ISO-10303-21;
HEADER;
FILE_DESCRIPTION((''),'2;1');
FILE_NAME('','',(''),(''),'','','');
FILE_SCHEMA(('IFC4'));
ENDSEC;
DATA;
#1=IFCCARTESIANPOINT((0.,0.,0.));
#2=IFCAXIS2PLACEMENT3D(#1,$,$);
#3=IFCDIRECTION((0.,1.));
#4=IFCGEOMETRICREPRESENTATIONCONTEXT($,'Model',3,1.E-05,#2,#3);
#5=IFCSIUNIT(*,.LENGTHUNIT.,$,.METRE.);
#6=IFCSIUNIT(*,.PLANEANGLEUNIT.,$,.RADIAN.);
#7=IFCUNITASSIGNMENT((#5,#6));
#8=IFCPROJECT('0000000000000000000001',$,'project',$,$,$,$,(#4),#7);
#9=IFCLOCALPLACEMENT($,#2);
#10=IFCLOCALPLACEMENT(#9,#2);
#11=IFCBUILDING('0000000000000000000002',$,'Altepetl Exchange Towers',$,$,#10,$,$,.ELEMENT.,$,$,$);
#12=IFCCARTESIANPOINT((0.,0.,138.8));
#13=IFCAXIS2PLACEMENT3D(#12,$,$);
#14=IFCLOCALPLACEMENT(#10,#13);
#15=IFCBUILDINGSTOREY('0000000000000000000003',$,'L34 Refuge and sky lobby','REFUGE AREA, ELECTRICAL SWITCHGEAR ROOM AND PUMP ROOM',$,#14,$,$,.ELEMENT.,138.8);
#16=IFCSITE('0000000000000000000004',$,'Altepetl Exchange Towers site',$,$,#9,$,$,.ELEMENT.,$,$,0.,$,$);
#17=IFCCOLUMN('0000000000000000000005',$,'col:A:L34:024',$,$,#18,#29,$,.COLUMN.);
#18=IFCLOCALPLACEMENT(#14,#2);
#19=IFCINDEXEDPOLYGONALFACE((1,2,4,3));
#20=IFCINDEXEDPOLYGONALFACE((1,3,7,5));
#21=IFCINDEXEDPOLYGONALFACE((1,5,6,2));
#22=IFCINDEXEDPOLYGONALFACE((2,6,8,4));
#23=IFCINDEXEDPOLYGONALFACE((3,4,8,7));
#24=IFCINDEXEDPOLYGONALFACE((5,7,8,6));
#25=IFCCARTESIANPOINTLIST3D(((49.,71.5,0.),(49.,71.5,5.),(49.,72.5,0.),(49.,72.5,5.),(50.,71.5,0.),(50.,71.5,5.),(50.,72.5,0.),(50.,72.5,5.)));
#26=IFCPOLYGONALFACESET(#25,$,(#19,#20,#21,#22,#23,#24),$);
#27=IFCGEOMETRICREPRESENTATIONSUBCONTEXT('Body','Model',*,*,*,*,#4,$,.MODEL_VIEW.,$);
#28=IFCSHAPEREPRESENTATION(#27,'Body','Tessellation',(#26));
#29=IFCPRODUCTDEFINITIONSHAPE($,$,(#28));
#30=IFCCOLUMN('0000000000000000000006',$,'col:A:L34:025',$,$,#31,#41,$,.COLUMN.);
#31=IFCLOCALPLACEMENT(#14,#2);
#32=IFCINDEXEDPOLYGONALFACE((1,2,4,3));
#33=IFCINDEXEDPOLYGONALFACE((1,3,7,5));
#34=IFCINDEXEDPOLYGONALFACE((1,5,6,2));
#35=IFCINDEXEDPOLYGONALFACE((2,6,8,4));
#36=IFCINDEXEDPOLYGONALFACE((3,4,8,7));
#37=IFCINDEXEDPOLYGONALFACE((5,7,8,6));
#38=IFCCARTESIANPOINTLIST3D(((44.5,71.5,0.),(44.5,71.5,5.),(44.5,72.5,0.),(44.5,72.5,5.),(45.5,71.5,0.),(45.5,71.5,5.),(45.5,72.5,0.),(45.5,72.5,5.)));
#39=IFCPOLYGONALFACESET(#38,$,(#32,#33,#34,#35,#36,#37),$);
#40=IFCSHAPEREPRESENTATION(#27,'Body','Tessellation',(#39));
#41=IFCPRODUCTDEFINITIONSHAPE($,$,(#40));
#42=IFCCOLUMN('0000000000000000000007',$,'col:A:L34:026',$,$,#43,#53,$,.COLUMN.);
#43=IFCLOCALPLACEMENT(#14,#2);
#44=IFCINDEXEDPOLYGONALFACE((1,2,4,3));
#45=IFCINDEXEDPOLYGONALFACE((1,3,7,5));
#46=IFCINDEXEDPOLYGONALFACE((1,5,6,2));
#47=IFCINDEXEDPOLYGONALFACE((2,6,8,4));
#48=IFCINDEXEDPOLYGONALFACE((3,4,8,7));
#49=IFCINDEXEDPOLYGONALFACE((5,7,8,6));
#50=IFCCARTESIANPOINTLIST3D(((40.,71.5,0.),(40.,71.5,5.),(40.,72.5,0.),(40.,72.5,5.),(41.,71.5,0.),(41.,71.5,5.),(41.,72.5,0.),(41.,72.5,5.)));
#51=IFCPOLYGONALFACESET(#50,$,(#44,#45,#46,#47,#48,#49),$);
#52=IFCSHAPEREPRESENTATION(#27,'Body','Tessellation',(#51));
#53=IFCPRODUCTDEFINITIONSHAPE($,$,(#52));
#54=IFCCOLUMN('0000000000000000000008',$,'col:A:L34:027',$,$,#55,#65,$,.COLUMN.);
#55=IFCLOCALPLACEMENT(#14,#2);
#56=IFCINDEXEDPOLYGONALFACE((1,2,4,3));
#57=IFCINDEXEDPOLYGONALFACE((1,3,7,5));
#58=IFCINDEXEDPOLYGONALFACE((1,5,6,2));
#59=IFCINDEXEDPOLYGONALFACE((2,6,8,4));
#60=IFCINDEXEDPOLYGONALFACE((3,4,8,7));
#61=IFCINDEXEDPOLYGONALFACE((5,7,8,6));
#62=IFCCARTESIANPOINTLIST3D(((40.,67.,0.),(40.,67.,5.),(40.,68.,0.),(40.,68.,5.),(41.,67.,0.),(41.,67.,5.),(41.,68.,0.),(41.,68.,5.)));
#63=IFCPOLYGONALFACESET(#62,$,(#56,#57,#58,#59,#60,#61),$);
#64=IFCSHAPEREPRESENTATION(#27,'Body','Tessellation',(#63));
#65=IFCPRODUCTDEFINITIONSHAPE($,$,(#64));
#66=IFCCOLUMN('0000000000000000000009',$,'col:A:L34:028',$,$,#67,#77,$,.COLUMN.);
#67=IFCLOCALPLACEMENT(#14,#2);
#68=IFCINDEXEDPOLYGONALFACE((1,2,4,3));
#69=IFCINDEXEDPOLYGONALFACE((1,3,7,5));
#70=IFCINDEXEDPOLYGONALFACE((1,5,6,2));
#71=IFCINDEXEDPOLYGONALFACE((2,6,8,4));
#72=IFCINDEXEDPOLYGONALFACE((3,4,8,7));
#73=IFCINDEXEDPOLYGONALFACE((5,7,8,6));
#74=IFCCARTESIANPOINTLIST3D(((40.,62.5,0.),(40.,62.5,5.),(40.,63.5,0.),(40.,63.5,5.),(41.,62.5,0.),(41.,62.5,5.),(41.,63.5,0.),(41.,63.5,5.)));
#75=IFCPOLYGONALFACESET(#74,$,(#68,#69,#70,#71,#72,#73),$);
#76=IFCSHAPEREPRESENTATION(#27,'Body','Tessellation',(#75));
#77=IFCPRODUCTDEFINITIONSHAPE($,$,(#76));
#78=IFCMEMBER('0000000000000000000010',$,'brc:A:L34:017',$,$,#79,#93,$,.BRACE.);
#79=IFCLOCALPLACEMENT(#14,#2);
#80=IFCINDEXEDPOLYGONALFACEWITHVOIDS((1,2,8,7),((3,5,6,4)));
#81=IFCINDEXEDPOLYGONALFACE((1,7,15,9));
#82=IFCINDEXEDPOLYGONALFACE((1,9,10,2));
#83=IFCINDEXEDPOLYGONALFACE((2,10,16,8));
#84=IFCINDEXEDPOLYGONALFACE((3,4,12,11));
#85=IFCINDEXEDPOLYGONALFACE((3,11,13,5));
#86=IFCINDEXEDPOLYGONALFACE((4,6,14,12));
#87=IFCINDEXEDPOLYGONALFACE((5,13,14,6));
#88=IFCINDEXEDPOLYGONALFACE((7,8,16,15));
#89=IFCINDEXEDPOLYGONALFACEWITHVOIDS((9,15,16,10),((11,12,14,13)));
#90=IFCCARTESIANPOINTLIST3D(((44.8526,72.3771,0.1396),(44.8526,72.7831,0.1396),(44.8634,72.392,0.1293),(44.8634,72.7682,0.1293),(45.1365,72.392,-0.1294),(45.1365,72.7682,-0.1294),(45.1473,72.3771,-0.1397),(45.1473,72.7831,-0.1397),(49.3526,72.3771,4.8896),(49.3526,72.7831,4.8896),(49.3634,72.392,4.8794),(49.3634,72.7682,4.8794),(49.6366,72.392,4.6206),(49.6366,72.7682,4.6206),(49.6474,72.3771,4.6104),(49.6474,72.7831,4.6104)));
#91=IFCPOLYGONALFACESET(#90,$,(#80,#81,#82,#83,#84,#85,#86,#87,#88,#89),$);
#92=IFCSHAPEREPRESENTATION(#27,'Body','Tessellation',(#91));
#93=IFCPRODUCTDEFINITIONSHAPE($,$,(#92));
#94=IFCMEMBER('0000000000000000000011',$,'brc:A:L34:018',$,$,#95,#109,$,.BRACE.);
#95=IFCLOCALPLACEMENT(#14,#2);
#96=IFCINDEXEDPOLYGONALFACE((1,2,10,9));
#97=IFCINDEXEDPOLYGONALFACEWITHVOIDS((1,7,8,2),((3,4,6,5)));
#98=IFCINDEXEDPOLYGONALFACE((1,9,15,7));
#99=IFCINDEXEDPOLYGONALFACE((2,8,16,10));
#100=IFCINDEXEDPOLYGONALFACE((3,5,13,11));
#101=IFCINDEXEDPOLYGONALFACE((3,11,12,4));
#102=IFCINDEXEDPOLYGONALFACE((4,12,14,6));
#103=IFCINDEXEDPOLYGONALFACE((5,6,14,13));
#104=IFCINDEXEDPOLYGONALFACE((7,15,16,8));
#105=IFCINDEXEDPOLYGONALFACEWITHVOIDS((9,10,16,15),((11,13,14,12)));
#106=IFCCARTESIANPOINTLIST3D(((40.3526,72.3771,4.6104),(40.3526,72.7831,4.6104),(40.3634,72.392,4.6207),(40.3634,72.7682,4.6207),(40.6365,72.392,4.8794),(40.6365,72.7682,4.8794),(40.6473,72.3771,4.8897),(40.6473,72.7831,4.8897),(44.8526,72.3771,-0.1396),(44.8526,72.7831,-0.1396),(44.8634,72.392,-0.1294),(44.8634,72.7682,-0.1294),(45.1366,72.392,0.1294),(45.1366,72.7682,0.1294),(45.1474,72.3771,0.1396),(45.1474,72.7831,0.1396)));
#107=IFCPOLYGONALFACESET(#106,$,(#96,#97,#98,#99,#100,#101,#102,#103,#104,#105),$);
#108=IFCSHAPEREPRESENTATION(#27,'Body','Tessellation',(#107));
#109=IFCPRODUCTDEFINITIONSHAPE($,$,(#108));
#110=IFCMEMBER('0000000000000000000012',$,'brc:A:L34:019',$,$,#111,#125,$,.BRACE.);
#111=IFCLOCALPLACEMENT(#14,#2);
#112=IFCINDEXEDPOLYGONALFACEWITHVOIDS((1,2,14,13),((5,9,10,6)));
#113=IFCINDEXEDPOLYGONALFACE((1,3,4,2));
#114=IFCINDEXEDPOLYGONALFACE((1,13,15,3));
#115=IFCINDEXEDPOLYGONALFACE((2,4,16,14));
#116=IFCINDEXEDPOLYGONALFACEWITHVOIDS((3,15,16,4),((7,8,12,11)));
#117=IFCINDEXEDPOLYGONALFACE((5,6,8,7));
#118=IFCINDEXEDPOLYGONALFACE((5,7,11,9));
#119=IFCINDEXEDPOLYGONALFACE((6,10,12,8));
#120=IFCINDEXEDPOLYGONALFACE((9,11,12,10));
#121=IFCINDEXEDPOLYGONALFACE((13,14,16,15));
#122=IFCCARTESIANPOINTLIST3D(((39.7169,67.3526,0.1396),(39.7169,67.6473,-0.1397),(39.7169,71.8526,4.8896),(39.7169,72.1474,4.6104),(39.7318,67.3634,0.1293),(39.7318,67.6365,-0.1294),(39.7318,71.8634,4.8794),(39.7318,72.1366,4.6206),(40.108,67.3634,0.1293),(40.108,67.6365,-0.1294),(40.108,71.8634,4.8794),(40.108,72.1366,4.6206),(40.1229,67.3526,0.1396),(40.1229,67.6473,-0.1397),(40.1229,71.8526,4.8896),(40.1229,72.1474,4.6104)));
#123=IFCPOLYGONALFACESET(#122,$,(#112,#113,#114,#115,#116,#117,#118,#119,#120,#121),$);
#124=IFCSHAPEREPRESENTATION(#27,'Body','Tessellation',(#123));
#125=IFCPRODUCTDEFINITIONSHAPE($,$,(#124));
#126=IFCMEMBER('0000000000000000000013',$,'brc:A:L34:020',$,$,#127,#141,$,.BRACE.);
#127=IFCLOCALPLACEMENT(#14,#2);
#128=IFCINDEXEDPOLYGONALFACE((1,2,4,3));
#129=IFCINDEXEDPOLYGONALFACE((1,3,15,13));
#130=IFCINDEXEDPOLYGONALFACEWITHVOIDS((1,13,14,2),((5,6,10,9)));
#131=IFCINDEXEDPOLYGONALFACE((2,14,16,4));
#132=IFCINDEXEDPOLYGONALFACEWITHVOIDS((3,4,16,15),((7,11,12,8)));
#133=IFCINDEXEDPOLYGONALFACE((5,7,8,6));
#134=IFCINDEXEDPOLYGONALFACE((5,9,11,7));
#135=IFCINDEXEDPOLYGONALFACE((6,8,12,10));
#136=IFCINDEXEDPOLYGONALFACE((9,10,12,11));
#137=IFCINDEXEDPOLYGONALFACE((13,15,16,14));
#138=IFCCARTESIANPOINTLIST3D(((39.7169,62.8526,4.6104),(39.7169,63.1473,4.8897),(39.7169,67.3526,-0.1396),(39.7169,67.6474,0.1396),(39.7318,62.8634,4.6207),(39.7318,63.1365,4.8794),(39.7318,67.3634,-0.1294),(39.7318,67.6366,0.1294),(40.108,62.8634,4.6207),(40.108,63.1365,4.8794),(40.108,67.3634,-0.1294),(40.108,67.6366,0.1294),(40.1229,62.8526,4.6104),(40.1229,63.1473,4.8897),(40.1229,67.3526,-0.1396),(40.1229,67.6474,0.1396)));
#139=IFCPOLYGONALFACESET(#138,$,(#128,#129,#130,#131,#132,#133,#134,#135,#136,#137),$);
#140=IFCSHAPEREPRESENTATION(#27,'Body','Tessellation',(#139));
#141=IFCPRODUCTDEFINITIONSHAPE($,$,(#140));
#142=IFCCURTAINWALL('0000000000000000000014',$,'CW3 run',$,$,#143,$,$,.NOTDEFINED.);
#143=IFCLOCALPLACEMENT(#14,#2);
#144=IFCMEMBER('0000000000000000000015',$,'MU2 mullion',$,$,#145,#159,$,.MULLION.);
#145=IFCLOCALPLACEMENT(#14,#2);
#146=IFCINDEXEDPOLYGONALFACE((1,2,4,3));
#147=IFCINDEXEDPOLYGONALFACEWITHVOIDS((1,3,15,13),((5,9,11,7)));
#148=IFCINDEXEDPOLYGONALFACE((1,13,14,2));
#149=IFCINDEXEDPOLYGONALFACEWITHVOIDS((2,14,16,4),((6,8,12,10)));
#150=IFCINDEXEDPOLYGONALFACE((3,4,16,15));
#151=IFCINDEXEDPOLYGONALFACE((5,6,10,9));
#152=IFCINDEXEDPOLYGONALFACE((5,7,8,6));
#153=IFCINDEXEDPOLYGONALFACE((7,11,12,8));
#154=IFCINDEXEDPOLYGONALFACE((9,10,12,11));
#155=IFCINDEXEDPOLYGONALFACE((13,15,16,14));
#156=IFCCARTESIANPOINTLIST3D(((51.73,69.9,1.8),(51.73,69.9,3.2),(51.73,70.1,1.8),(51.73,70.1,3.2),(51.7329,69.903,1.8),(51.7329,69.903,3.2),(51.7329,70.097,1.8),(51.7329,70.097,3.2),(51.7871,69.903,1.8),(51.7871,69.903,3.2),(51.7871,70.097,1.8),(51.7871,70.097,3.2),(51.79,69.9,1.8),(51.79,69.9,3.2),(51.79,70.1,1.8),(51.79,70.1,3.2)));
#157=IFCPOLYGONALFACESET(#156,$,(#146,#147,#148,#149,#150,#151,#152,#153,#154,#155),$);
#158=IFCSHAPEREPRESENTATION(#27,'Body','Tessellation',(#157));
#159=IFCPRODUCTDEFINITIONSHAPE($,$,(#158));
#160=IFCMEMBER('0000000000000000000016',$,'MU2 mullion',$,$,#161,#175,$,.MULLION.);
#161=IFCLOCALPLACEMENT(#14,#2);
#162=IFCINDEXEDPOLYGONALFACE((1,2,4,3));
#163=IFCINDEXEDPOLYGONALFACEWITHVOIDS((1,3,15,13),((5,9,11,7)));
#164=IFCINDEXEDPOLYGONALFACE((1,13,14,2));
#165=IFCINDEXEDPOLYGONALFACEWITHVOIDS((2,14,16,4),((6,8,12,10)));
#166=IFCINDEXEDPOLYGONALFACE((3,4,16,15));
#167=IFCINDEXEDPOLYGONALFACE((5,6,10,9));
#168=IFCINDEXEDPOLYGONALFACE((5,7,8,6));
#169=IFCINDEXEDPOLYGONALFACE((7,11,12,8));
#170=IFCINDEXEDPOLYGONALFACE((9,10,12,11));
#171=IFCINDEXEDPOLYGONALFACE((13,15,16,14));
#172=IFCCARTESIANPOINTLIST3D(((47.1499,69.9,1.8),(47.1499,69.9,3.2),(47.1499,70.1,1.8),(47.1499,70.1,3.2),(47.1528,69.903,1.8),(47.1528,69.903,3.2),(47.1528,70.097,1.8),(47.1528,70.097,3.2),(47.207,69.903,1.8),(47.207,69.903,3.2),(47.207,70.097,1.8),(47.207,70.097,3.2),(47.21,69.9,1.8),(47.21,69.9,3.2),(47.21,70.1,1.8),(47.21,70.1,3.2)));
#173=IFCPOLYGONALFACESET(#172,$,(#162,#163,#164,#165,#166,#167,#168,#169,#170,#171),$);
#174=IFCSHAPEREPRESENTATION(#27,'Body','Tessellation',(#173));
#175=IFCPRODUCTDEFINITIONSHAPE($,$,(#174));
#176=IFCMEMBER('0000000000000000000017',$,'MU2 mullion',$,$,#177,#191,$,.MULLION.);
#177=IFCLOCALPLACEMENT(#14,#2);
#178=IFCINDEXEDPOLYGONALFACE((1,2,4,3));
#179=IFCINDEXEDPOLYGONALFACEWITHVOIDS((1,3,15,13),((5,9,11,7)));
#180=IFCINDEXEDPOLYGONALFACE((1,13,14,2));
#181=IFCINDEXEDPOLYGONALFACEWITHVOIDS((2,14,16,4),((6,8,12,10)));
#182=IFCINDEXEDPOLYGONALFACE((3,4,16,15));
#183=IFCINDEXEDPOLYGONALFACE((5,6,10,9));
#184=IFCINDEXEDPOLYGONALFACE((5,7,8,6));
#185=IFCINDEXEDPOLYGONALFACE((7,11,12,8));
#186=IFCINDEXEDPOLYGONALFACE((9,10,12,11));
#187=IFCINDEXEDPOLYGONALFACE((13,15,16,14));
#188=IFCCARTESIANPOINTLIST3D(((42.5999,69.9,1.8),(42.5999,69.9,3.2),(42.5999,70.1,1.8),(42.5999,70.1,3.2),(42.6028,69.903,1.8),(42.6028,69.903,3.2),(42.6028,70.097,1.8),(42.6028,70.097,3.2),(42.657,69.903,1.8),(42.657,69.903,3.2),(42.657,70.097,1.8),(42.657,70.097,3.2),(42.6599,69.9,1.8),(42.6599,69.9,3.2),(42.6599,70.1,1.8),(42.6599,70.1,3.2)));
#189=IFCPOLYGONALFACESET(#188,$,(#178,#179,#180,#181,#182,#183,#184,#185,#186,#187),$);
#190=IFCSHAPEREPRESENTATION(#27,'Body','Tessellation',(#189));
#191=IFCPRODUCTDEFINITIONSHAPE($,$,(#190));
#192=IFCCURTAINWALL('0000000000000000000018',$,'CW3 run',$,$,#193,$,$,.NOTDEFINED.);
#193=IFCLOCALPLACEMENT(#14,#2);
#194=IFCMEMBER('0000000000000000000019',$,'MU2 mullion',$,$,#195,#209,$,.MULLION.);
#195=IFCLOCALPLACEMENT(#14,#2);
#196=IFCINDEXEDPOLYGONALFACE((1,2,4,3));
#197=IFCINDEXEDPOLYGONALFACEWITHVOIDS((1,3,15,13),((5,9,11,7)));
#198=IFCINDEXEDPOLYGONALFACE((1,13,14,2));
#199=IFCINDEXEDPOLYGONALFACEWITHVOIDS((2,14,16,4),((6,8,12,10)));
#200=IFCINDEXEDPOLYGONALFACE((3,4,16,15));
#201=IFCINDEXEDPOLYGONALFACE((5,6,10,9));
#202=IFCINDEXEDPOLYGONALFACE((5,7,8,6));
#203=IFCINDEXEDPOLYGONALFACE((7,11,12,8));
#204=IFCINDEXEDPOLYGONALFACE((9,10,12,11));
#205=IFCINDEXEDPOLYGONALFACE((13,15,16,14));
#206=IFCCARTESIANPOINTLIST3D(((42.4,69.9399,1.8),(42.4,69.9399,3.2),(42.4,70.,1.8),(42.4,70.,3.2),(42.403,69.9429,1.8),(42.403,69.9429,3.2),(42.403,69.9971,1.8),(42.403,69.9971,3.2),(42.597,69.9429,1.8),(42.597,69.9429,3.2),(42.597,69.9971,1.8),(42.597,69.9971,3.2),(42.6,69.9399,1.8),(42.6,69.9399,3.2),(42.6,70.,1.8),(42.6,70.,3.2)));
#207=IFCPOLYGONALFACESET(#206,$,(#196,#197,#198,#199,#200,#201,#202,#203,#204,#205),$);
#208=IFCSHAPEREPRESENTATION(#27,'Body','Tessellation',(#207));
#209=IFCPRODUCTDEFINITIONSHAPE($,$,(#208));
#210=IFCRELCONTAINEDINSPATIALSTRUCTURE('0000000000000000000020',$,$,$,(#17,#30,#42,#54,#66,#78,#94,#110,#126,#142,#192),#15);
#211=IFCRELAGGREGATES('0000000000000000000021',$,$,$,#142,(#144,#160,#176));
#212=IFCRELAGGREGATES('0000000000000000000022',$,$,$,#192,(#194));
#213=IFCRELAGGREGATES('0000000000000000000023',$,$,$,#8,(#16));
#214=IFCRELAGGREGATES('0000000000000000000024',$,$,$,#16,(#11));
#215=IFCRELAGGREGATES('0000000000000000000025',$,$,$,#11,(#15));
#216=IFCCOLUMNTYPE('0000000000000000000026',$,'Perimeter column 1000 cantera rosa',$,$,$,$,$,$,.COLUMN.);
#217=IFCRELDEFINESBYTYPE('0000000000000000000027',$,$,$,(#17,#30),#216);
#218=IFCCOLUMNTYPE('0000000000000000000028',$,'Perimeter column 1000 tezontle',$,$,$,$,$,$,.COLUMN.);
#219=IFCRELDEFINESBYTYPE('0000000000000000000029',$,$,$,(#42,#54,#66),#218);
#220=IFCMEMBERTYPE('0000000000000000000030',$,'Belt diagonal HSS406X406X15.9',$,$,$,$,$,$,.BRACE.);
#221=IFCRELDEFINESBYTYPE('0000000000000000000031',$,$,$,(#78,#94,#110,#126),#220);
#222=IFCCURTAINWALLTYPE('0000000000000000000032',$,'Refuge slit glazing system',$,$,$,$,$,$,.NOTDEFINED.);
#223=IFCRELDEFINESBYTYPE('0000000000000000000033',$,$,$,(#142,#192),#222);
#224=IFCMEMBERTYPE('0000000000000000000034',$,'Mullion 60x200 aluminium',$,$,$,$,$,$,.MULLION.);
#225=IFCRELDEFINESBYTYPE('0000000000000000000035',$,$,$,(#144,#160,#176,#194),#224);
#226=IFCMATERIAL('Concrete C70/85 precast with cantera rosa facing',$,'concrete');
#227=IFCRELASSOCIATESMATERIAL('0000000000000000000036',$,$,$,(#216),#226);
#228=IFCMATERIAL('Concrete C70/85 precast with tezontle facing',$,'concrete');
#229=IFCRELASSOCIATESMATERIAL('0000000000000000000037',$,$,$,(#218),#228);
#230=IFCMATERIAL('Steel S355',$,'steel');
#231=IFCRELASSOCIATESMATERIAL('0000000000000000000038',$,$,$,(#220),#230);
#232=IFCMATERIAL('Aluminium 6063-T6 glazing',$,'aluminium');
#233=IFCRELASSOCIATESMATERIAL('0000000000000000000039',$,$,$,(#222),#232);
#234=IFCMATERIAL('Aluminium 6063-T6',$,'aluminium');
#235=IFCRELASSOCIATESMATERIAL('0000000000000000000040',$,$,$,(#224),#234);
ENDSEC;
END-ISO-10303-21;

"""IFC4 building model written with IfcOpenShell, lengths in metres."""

from ifc_helpers import new_model, si_unit, direction, frame, origin, origin_2d, place, context, subcontext, project, spatial, rectangle, hollow_rectangle, extrude, material, material_profile, profile_set, type_object, element, aggregate, save


model = new_model("IFC4")

# Units and contexts
model_context = context("Model", 3, precision=1e-05, world=origin(), true_north=direction((0.0, 1.0)))
body_context = subcontext(model_context, "Body", "Model", "MODEL_VIEW")
ifc_project = project(units=[si_unit("LENGTHUNIT", "METRE"), si_unit("PLANEANGLEUNIT", "RADIAN")], contexts=[model_context])

# Site, building, storey
site_placement = place(None, origin())
site = spatial("IfcSite", under=ifc_project, at=site_placement, Name="Altepetl Exchange Towers site", CompositionType="ELEMENT", RefElevation=0.0)
building_placement = place(site_placement, origin())
building = spatial("IfcBuilding", under=site, at=building_placement, Name="Altepetl Exchange Towers", CompositionType="ELEMENT")
storey_placement = place(building_placement, frame((0.0, 0.0, 138.8)))
storey = spatial("IfcBuildingStorey", under=building, at=storey_placement, Name="L34 Refuge and sky lobby", Description="REFUGE AREA, ELECTRICAL SWITCHGEAR ROOM AND PUMP ROOM", CompositionType="ELEMENT", Elevation=138.8)

# Columns
ifc_material_1 = material(Name="Concrete C70/85 precast with cantera rosa facing", Category="concrete")
ifc_material_profile_1 = material_profile(ifc_material_1, rectangle(XDim=1.0, YDim=1.0, at=origin_2d()), Name="1000 x 1000")
ifc_profile_set_1 = profile_set([ifc_material_profile_1], Name="Concrete C70/85 precast with cantera rosa facing")
column_type_1 = type_object("IfcColumnType", Name="Perimeter column 1000 cantera rosa", PredefinedType="COLUMN", material=ifc_profile_set_1)
for number, where, name in (
    (1, (49.5, 72.0, 0.0), "col:A:L34:024"),
    (2, (45.0, 72.0, 0.0), "col:A:L34:025"),
):
    element("IfcColumn", number, at=place(storey_placement, frame(where)), inside=storey, type_object=column_type_1, Name=name, PredefinedType="COLUMN", context=body_context, shape_type="SweptSolid", body=[
        extrude(rectangle(XDim=1.0, YDim=1.0, at=origin_2d()), origin(), (0.0, 0.0, 1.0), 5.0),
    ])
ifc_material_2 = material(Name="Concrete C70/85 precast with tezontle facing", Category="concrete")
ifc_material_profile_2 = material_profile(ifc_material_2, rectangle(XDim=1.0, YDim=1.0, at=origin_2d()), Name="1000 x 1000")
ifc_profile_set_2 = profile_set([ifc_material_profile_2], Name="Concrete C70/85 precast with tezontle facing")
column_type_2 = type_object("IfcColumnType", Name="Perimeter column 1000 tezontle", PredefinedType="COLUMN", material=ifc_profile_set_2)
for number, where, name in (
    (3, (40.5, 72.0, 0.0), "col:A:L34:026"),
    (4, (40.5, 67.5, 0.0), "col:A:L34:027"),
    (5, (40.5, 63.0, 0.0), "col:A:L34:028"),
):
    element("IfcColumn", number, at=place(storey_placement, frame(where)), inside=storey, type_object=column_type_2, Name=name, PredefinedType="COLUMN", context=body_context, shape_type="SweptSolid", body=[
        extrude(rectangle(XDim=1.0, YDim=1.0, at=origin_2d()), origin(), (0.0, 0.0, 1.0), 5.0),
    ])

# Members
ifc_material_3 = material(Name="Steel S355", Category="steel")
ifc_material_profile_3 = material_profile(ifc_material_3, hollow_rectangle(XDim=0.406, YDim=0.406, WallThickness=0.0149, at=origin_2d()), Name="HSS406X406X15.9")
ifc_profile_set_3 = profile_set([ifc_material_profile_3], Name="Steel S355")
member_type_1 = type_object("IfcMemberType", Name="Belt diagonal HSS406X406X15.9", PredefinedType="BRACE", material=ifc_profile_set_3)
for number, where, z_axis, x_axis, name in (
    (6, (49.5, 72.5801, 4.75), (-0.687745, 0.0, -0.725953), (0.0, -1.0, 0.0), "brc:A:L34:017"),
    (7, (45.0, 72.5801, 0.0), (-0.687745, 0.0, 0.725953), (0.0, -1.0, 0.0), "brc:A:L34:018"),
    (8, (39.9199, 72.0, 4.75), (0.0, -0.687745, -0.725953), (1.0, 0.0, 0.0), "brc:A:L34:019"),
    (9, (39.9199, 67.5, 0.0), (0.0, -0.687745, 0.725953), (1.0, 0.0, 0.0), "brc:A:L34:020"),
):
    element("IfcMember", number, at=place(storey_placement, frame(where, z_axis=z_axis, x_axis=x_axis)), inside=storey, type_object=member_type_1, Name=name, PredefinedType="BRACE", context=body_context, shape_type="SweptSolid", body=[
        extrude(hollow_rectangle(XDim=0.406, YDim=0.406, WallThickness=0.0149, at=origin_2d()), origin(), (0.0, 0.0, 1.0), 6.5432),
    ])

# Curtain walls, members
ifc_material_4 = material(Name="Aluminium 6063-T6 glazing", Category="aluminium")
curtain_wall_type = type_object("IfcCurtainWallType", Name="Refuge slit glazing system", PredefinedType="NOTDEFINED", material=ifc_material_4)
curtain_wall_1_placement = place(storey_placement, origin())
curtain_wall_1 = element("IfcCurtainWall", 10, at=curtain_wall_1_placement, inside=storey, type_object=curtain_wall_type, Name="CW3 run", PredefinedType="NOTDEFINED")
ifc_material_5 = material(Name="Aluminium 6063-T6", Category="aluminium")
ifc_material_profile_4 = material_profile(ifc_material_5, hollow_rectangle(XDim=0.0601, YDim=0.2, WallThickness=0.0029, at=origin_2d()), Name="Mullion 60x200 aluminium")
ifc_profile_set_4 = profile_set([ifc_material_profile_4], Name="Aluminium 6063-T6")
member_type_2 = type_object("IfcMemberType", Name="Mullion 60x200 aluminium", PredefinedType="MULLION", material=ifc_profile_set_4)
member_1_placement = place(storey_placement, frame((51.76, 70.0, 1.8), z_axis=(0.0, 0.0, 1.0), x_axis=(-1.0, 0.0, 0.0)))
member_1 = element("IfcMember", 11, at=member_1_placement, type_object=member_type_2, Name="MU2 mullion", PredefinedType="MULLION", context=body_context, shape_type="SweptSolid", body=[
    extrude(hollow_rectangle(XDim=0.0601, YDim=0.2, WallThickness=0.0029, at=origin_2d()), origin(), (0.0, 0.0, 1.0), 1.3999),
])
member_2_placement = place(storey_placement, frame((47.1799, 70.0, 1.8), z_axis=(0.0, 0.0, 1.0), x_axis=(-1.0, 0.0, 0.0)))
member_2 = element("IfcMember", 12, at=member_2_placement, type_object=member_type_2, Name="MU2 mullion", PredefinedType="MULLION", context=body_context, shape_type="SweptSolid", body=[
    extrude(hollow_rectangle(XDim=0.0601, YDim=0.2, WallThickness=0.0029, at=origin_2d()), origin(), (0.0, 0.0, 1.0), 1.3999),
])
member_3_placement = place(storey_placement, frame((42.6299, 70.0, 1.8), z_axis=(0.0, 0.0, 1.0), x_axis=(-1.0, 0.0, 0.0)))
member_3 = element("IfcMember", 13, at=member_3_placement, type_object=member_type_2, Name="MU2 mullion", PredefinedType="MULLION", context=body_context, shape_type="SweptSolid", body=[
    extrude(hollow_rectangle(XDim=0.0601, YDim=0.2, WallThickness=0.0029, at=origin_2d()), origin(), (0.0, 0.0, 1.0), 1.3999),
])
curtain_wall_2_placement = place(storey_placement, origin())
curtain_wall_2 = element("IfcCurtainWall", 14, at=curtain_wall_2_placement, inside=storey, type_object=curtain_wall_type, Name="CW3 run", PredefinedType="NOTDEFINED")
member_4_placement = place(storey_placement, frame((42.5, 69.97, 1.8), z_axis=(0.0, 0.0, 1.0), x_axis=(0.0, -1.0, 0.0)))
member_4 = element("IfcMember", 15, at=member_4_placement, type_object=member_type_2, Name="MU2 mullion", PredefinedType="MULLION", context=body_context, shape_type="SweptSolid", body=[
    extrude(hollow_rectangle(XDim=0.0601, YDim=0.2, WallThickness=0.0029, at=origin_2d()), origin(), (0.0, 0.0, 1.0), 1.3999),
])

aggregate(curtain_wall_1, [member_1, member_2, member_3])
aggregate(curtain_wall_2, [member_4])

save(model, "model.ifc")
